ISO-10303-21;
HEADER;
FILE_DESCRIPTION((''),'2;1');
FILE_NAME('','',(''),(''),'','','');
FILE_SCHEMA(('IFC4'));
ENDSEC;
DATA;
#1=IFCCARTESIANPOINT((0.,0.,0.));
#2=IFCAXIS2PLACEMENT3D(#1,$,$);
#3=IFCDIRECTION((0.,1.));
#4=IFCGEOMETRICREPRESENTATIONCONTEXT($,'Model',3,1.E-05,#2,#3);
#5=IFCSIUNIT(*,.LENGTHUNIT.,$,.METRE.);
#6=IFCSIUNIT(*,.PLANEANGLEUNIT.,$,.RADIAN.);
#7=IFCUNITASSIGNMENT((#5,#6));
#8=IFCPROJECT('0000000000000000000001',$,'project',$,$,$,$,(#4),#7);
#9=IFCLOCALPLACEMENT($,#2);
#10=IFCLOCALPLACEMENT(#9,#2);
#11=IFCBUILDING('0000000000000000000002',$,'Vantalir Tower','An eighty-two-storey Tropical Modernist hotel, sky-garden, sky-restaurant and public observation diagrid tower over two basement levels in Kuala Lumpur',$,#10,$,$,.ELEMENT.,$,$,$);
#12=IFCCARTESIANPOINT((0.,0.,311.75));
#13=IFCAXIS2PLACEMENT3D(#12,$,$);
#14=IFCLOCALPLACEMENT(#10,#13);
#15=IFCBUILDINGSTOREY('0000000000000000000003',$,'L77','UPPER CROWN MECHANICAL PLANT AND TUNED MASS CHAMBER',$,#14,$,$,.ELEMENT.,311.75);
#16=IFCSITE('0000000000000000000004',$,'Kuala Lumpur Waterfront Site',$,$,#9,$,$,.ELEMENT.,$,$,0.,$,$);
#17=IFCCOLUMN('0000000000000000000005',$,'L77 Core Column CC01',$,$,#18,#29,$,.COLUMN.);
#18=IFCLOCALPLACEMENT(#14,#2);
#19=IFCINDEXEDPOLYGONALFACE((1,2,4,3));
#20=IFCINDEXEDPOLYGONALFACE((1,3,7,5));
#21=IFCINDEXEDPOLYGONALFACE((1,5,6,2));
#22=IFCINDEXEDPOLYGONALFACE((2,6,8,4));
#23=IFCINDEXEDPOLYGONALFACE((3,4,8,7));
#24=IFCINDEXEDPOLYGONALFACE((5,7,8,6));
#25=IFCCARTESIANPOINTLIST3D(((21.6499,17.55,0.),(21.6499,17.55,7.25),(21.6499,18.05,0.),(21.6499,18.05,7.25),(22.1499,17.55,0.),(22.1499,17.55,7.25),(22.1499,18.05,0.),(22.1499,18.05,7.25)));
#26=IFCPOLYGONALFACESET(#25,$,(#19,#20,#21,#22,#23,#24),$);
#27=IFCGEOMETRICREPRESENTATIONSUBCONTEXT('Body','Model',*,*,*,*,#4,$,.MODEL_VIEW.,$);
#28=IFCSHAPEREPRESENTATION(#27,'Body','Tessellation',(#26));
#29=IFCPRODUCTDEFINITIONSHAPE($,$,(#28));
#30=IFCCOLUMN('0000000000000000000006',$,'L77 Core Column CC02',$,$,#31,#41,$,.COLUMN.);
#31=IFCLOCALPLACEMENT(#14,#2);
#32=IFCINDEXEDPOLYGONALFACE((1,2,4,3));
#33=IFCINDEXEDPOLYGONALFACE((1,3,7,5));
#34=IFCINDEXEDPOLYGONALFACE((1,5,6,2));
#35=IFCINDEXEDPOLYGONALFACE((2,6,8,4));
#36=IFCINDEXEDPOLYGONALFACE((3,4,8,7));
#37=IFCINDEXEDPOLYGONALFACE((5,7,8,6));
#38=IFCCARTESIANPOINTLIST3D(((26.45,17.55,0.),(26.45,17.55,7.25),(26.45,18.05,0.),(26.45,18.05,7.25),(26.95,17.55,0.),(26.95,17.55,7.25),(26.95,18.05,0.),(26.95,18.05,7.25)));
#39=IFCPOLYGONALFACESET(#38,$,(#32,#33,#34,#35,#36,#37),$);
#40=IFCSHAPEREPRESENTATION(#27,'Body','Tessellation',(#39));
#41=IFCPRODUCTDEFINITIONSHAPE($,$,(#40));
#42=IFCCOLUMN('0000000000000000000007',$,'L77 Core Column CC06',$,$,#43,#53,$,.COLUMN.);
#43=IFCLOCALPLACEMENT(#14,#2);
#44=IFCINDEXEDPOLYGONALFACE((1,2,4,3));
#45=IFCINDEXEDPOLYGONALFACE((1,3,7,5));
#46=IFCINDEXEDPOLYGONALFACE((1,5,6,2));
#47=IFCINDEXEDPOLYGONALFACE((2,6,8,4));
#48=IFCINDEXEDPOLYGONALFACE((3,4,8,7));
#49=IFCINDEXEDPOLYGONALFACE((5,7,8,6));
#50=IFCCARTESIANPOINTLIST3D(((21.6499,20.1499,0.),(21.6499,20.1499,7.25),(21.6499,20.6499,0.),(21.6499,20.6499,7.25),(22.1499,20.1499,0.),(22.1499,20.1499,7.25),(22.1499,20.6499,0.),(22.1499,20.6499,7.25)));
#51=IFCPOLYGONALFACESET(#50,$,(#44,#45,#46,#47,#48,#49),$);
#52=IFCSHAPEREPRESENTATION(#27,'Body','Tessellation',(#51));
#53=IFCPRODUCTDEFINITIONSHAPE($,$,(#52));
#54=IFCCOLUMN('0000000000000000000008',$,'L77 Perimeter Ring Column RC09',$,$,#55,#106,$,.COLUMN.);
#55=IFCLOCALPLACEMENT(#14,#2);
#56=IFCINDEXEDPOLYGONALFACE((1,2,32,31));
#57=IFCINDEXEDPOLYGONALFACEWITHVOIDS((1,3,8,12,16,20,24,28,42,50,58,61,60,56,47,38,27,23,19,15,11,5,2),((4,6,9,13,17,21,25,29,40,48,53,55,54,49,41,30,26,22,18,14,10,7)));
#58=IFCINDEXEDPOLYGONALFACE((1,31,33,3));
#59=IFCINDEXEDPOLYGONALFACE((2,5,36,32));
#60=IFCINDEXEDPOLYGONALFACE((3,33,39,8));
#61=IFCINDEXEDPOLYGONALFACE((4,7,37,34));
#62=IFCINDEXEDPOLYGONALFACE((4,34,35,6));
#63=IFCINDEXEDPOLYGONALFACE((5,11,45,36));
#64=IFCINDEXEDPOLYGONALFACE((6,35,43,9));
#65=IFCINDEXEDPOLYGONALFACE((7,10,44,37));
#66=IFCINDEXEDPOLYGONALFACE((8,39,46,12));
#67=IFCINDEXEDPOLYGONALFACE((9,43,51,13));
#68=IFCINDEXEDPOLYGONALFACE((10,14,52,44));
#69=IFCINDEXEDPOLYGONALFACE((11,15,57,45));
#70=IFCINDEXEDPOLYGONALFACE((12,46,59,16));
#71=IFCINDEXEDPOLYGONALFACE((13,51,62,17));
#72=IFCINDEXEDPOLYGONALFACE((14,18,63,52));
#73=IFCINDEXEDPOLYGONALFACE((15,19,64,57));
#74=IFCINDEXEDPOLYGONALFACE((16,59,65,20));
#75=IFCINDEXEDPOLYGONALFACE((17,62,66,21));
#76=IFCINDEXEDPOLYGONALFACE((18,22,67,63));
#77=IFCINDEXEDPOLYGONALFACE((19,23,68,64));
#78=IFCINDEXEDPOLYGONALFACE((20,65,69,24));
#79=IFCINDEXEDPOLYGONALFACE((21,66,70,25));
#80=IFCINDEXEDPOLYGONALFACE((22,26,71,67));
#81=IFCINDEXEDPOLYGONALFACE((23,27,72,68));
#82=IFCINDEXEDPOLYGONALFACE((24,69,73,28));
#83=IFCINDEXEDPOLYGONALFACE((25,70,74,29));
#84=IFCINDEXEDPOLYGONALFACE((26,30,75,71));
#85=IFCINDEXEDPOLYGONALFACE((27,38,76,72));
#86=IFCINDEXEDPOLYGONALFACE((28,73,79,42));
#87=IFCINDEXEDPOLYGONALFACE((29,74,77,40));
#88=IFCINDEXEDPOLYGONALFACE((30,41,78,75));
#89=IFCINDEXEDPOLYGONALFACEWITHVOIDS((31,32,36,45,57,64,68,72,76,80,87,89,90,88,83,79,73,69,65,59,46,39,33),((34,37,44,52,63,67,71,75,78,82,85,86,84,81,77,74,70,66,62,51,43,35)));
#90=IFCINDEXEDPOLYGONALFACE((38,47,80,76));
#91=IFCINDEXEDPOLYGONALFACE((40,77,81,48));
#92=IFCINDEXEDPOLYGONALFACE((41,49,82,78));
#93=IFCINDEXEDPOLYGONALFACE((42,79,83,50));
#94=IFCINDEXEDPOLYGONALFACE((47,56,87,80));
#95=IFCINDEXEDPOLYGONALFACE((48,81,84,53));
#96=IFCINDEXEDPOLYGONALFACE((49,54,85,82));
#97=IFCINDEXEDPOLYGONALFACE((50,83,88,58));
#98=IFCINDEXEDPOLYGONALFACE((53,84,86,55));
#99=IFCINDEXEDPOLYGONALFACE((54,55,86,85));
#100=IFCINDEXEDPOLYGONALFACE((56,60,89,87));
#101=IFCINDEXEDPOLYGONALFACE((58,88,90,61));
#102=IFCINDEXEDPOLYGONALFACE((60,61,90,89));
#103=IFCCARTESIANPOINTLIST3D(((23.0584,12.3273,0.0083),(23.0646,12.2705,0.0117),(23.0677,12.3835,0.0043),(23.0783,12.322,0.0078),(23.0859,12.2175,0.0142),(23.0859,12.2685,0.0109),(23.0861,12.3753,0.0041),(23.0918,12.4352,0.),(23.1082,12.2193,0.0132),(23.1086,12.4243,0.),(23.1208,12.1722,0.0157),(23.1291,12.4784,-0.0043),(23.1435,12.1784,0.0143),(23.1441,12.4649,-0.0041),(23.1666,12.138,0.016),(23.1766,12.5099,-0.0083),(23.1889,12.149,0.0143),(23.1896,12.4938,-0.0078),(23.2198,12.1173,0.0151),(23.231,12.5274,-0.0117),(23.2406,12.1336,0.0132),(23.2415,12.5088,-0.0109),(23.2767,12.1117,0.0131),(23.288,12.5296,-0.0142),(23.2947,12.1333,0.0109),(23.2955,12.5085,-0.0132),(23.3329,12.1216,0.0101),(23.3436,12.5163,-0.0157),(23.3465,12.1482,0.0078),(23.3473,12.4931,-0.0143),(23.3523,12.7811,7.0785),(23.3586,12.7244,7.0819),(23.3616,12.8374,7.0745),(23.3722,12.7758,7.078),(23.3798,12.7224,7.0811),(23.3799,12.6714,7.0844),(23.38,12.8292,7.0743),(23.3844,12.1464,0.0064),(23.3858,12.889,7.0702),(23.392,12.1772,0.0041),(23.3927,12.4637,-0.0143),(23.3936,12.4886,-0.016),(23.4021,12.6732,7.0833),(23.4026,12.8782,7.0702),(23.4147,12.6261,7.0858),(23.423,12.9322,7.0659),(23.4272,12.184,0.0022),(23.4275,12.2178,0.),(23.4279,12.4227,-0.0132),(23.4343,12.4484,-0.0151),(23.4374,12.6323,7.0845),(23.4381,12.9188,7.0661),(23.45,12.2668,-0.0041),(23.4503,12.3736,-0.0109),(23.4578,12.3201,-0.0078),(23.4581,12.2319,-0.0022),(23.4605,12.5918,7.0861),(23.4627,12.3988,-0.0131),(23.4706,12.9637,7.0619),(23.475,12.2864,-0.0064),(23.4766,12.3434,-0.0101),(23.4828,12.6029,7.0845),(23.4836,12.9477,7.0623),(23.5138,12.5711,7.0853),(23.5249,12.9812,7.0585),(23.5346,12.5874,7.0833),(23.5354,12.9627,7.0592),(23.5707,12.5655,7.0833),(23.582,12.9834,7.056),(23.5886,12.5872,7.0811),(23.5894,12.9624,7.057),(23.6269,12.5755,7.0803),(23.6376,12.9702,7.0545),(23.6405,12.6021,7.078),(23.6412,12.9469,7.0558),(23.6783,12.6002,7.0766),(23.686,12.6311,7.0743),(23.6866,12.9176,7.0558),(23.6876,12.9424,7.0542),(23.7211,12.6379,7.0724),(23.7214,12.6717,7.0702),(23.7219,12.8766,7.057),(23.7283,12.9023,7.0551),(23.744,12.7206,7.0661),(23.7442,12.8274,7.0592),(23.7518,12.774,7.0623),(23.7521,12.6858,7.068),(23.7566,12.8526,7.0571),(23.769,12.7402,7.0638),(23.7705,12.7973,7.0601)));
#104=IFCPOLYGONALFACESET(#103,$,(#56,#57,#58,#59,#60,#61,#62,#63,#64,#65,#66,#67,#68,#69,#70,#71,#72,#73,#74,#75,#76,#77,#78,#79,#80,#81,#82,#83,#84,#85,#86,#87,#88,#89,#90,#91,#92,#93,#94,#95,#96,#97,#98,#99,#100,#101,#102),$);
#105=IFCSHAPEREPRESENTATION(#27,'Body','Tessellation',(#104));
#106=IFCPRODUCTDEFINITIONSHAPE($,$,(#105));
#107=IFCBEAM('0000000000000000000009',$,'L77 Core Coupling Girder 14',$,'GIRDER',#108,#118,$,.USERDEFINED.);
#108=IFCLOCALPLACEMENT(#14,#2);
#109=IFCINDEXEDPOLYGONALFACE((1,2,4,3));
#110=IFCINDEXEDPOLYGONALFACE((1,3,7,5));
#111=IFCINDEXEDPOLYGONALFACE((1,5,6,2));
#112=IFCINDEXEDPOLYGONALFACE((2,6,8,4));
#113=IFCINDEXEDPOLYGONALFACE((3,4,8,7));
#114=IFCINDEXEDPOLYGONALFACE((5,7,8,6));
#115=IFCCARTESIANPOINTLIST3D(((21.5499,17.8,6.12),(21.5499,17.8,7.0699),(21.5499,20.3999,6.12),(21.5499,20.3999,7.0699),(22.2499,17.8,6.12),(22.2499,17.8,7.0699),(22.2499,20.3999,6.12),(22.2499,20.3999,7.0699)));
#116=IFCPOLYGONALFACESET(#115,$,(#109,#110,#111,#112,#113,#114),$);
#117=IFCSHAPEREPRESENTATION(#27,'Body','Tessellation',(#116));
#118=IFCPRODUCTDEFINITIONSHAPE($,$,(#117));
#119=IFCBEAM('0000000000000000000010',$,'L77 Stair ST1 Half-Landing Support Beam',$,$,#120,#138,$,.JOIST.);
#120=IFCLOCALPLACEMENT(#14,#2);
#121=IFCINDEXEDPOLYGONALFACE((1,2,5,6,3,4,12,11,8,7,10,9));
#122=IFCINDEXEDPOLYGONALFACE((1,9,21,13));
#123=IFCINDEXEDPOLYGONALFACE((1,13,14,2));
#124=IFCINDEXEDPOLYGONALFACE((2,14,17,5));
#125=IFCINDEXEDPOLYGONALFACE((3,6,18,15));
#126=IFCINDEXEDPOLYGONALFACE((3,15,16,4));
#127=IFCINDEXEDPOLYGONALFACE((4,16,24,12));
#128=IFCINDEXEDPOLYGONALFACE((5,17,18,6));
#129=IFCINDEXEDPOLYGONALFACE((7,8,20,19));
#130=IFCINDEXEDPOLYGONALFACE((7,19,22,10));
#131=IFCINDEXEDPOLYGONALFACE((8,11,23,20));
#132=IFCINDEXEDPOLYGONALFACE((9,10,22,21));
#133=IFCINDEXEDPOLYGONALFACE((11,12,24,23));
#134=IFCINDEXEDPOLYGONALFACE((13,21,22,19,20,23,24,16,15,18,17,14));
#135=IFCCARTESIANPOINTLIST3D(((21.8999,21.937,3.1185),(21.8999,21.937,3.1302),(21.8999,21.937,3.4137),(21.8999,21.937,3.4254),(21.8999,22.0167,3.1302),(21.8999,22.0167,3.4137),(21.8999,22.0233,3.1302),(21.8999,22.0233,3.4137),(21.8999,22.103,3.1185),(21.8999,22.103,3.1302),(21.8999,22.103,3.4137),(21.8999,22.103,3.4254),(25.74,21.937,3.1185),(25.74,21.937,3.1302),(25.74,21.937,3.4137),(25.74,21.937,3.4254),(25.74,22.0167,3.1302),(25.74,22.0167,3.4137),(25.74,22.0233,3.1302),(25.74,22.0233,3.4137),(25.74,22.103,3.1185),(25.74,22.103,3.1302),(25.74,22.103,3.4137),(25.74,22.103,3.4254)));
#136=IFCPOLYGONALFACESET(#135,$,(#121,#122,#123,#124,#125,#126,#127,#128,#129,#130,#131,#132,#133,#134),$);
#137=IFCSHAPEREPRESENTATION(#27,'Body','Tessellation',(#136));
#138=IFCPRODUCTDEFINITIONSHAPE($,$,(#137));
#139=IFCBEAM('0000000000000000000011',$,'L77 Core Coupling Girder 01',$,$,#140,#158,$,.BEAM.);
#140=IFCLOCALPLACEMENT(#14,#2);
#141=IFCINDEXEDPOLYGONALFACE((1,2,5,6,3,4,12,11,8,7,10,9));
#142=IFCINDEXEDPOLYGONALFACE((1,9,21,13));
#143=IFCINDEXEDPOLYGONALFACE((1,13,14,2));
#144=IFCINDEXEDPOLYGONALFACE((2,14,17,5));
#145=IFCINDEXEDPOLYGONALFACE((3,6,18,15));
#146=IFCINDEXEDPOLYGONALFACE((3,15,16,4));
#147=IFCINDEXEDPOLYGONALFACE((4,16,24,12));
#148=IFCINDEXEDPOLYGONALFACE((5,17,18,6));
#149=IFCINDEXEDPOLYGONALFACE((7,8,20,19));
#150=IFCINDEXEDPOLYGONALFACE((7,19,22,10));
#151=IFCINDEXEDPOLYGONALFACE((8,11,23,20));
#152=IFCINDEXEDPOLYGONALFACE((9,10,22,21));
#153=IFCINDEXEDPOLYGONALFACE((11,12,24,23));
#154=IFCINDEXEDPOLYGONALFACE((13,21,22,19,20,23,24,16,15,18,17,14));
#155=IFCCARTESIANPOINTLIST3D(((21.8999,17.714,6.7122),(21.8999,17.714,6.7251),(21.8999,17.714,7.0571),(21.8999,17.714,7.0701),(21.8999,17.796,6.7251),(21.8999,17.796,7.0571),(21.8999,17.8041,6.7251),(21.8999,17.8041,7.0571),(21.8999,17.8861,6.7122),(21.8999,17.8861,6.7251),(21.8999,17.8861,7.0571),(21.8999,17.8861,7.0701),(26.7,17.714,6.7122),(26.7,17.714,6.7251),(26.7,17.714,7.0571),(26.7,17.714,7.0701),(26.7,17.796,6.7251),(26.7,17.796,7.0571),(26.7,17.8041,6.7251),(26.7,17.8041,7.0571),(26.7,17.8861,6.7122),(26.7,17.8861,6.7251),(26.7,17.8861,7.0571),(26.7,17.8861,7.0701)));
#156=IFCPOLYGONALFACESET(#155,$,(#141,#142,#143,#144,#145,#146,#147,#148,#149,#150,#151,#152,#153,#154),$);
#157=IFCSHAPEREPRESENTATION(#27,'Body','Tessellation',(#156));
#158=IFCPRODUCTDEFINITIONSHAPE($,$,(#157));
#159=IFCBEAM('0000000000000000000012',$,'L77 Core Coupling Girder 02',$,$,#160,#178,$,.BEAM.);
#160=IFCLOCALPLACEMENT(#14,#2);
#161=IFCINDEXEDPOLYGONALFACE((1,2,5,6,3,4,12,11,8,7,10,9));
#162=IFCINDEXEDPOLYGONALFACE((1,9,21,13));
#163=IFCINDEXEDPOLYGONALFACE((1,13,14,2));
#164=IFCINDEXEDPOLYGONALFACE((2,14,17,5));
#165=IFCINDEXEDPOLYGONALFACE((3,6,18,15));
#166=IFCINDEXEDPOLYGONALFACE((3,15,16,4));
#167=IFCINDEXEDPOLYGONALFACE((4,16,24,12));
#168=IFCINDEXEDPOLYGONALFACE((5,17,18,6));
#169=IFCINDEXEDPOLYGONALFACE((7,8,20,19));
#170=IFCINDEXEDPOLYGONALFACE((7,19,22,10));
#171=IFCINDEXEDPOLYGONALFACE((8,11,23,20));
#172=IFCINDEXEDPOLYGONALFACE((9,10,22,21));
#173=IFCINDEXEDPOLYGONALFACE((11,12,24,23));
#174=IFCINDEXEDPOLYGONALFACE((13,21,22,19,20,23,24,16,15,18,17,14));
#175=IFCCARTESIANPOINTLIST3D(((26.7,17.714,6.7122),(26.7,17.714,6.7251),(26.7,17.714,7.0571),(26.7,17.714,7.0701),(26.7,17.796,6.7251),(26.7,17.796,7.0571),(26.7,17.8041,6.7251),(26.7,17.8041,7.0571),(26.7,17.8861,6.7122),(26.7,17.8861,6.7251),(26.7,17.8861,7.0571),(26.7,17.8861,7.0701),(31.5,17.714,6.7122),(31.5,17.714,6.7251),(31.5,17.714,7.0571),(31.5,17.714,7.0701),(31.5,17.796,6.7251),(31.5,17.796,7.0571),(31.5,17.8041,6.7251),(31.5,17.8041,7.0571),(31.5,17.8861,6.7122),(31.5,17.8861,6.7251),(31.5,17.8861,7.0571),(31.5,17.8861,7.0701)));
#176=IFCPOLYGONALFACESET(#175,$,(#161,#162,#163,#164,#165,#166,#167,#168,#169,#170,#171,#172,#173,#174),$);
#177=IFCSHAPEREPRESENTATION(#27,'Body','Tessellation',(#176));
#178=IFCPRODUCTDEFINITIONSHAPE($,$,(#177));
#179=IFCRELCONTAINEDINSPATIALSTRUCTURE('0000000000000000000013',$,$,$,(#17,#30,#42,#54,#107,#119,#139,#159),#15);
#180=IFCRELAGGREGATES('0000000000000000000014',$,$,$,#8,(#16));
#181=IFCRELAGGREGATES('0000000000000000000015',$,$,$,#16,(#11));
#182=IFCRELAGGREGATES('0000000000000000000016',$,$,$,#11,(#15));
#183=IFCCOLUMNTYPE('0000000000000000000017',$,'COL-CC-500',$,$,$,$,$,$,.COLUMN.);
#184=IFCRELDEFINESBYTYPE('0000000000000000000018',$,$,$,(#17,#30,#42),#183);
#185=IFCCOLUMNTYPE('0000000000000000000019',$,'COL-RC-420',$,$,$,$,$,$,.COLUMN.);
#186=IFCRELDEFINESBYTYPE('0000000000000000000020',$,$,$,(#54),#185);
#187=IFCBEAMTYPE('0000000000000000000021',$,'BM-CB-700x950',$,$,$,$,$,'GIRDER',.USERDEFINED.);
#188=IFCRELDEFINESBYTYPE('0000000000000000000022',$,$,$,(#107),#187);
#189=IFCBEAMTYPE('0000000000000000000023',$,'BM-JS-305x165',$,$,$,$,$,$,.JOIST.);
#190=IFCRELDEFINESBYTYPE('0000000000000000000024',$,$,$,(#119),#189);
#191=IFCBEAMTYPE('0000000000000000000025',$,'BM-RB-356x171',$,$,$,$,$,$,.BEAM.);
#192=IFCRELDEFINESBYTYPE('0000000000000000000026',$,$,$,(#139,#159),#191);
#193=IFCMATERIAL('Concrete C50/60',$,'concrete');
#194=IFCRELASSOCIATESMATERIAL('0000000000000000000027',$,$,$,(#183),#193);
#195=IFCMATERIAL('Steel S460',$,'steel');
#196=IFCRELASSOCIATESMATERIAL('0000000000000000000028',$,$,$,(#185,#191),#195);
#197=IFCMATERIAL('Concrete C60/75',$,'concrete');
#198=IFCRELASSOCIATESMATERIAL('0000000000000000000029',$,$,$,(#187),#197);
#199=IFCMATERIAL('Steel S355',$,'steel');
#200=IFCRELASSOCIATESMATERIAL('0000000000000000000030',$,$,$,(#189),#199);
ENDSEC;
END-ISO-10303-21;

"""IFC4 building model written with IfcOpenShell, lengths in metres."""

from ifc_helpers import new_model, si_unit, direction, frame, origin, origin_2d, place, context, subcontext, project, spatial, rectangle, hollow_circle, i_section, extrude, material, material_profile, profile_set, type_object, element, save


model = new_model("IFC4")

# Units and contexts
model_context = context("Model", 3, precision=1e-05, world=origin(), true_north=direction((0.0, 1.0)))
body_context = subcontext(model_context, "Body", "Model", "MODEL_VIEW")
ifc_project = project(units=[si_unit("LENGTHUNIT", "METRE"), si_unit("PLANEANGLEUNIT", "RADIAN")], contexts=[model_context])

# Site, building, storey
site_placement = place(None, origin())
site = spatial("IfcSite", under=ifc_project, at=site_placement, Name="Kuala Lumpur Waterfront Site", CompositionType="ELEMENT", RefElevation=0.0)
building_placement = place(site_placement, origin())
building = spatial("IfcBuilding", under=site, at=building_placement, Name="Vantalir Tower", Description="An eighty-two-storey Tropical Modernist hotel, sky-garden, sky-restaurant and public observation diagrid tower over two basement levels in Kuala Lumpur", CompositionType="ELEMENT")
storey_placement = place(building_placement, frame((0.0, 0.0, 311.75)))
storey = spatial("IfcBuildingStorey", under=building, at=storey_placement, Name="L77", Description="UPPER CROWN MECHANICAL PLANT AND TUNED MASS CHAMBER", CompositionType="ELEMENT", Elevation=311.75)

# Columns
ifc_material_1 = material(Name="Concrete C50/60", Category="concrete")
ifc_material_profile_1 = material_profile(ifc_material_1, rectangle(XDim=0.5, YDim=0.5, at=origin_2d()), Name="Concrete C50/60")
ifc_profile_set_1 = profile_set([ifc_material_profile_1], Name="Concrete C50/60")
column_type_1 = type_object("IfcColumnType", Name="COL-CC-500", PredefinedType="COLUMN", material=ifc_profile_set_1)
for number, where, z_axis, x_axis, name in (
    (1, (21.8999, 17.8, 0.0), (0.0, 0.0, 1.0), (1.0, 0.0, 0.0), "L77 Core Column CC01"),
    (2, (26.7, 17.8, 0.0), (0.0, 0.0, 1.0), (1.0, 0.0, 0.0), "L77 Core Column CC02"),
    (3, (21.8999, 20.3999, 0.0), (0.0, 0.0, 1.0), (1.0, 0.0, 0.0), "L77 Core Column CC06"),
):
    element("IfcColumn", number, at=place(storey_placement, frame(where, z_axis=z_axis, x_axis=x_axis)), inside=storey, type_object=column_type_1, Name=name, PredefinedType="COLUMN", context=body_context, shape_type="SweptSolid", body=[
        extrude(rectangle(XDim=0.5, YDim=0.5, at=origin_2d()), origin(), (0.0, 0.0, 1.0), 7.25),
    ])
ifc_material_2 = material(Name="Steel S460", Category="steel")
ifc_material_profile_2 = material_profile(ifc_material_2, hollow_circle(Radius=0.21, WallThickness=0.02, at=origin_2d()), Name="Steel S460")
ifc_profile_set_2 = profile_set([ifc_material_profile_2], Name="Steel S460")
column_type_2 = type_object("IfcColumnType", Name="COL-RC-420", PredefinedType="COLUMN", material=ifc_profile_set_2)
column_placement = place(storey_placement, frame((23.2681, 12.321, 0.0), z_axis=(0.041455, 0.064007, 0.997088), x_axis=(-0.83934, 0.543607, 0.0)))
element("IfcColumn", 4, at=column_placement, inside=storey, type_object=column_type_2, Name="L77 Perimeter Ring Column RC09", PredefinedType="COLUMN", context=body_context, shape_type="SweptSolid", body=[
    extrude(hollow_circle(Radius=0.21, WallThickness=0.02, at=origin_2d()), origin(), (0.0, 0.0, 1.0), 7.0908),
])

# Beams
ifc_material_3 = material(Name="Concrete C60/75", Category="concrete")
ifc_material_profile_3 = material_profile(ifc_material_3, rectangle(XDim=0.7, YDim=0.95, at=origin_2d()), Name="Concrete C60/75")
ifc_profile_set_3 = profile_set([ifc_material_profile_3], Name="Concrete C60/75")
beam_type_1 = type_object("IfcBeamType", Name="BM-CB-700x950", ElementType="GIRDER", PredefinedType="USERDEFINED", material=ifc_profile_set_3)
beam_1_placement = place(storey_placement, frame((21.8999, 20.3999, 6.595), z_axis=(0.0, -1.0, 0.0), x_axis=(1.0, 0.0, 0.0)))
element("IfcBeam", 5, at=beam_1_placement, inside=storey, type_object=beam_type_1, Name="L77 Core Coupling Girder 14", ObjectType="GIRDER", PredefinedType="USERDEFINED", context=body_context, shape_type="SweptSolid", body=[
    extrude(rectangle(XDim=0.7, YDim=0.95, at=origin_2d()), origin(), (0.0, 0.0, 1.0), 2.5999),
])
ifc_material_4 = material(Name="Steel S355", Category="steel")
ifc_material_profile_4 = material_profile(ifc_material_4, i_section(OverallWidth=0.166, OverallDepth=0.3069, WebThickness=0.0066, FlangeThickness=0.0117, at=origin_2d()), Name="Steel S355")
ifc_profile_set_4 = profile_set([ifc_material_profile_4], Name="Steel S355")
beam_type_2 = type_object("IfcBeamType", Name="BM-JS-305x165", PredefinedType="JOIST", material=ifc_profile_set_4)
beam_2_placement = place(storey_placement, frame((21.8999, 22.02, 3.272), z_axis=(1.0, 0.0, 0.0), x_axis=(0.0, 1.0, 0.0)))
element("IfcBeam", 6, at=beam_2_placement, inside=storey, type_object=beam_type_2, Name="L77 Stair ST1 Half-Landing Support Beam", PredefinedType="JOIST", context=body_context, shape_type="SweptSolid", body=[
    extrude(i_section(OverallWidth=0.166, OverallDepth=0.3069, WebThickness=0.0066, FlangeThickness=0.0117, at=origin_2d()), origin(), (0.0, 0.0, 1.0), 3.8401),
])
ifc_material_profile_5 = material_profile(ifc_material_2, i_section(OverallWidth=0.1721, OverallDepth=0.3579, WebThickness=0.0081, FlangeThickness=0.0129, at=origin_2d()), Name="Steel S460")
ifc_profile_set_5 = profile_set([ifc_material_profile_5], Name="Steel S460")
beam_type_3 = type_object("IfcBeamType", Name="BM-RB-356x171", PredefinedType="BEAM", material=ifc_profile_set_5)
for number, where, z_axis, x_axis, name in (
    (7, (21.8999, 17.8, 6.8911), (1.0, 0.0, 0.0), (0.0, 1.0, 0.0), "L77 Core Coupling Girder 01"),
    (8, (26.7, 17.8, 6.8911), (1.0, 0.0, 0.0), (0.0, 1.0, 0.0), "L77 Core Coupling Girder 02"),
):
    element("IfcBeam", number, at=place(storey_placement, frame(where, z_axis=z_axis, x_axis=x_axis)), inside=storey, type_object=beam_type_3, Name=name, PredefinedType="BEAM", context=body_context, shape_type="SweptSolid", body=[
        extrude(i_section(OverallWidth=0.1721, OverallDepth=0.3579, WebThickness=0.0081, FlangeThickness=0.0129, at=origin_2d()), origin(), (0.0, 0.0, 1.0), 4.8),
    ])

save(model, "model.ifc")
